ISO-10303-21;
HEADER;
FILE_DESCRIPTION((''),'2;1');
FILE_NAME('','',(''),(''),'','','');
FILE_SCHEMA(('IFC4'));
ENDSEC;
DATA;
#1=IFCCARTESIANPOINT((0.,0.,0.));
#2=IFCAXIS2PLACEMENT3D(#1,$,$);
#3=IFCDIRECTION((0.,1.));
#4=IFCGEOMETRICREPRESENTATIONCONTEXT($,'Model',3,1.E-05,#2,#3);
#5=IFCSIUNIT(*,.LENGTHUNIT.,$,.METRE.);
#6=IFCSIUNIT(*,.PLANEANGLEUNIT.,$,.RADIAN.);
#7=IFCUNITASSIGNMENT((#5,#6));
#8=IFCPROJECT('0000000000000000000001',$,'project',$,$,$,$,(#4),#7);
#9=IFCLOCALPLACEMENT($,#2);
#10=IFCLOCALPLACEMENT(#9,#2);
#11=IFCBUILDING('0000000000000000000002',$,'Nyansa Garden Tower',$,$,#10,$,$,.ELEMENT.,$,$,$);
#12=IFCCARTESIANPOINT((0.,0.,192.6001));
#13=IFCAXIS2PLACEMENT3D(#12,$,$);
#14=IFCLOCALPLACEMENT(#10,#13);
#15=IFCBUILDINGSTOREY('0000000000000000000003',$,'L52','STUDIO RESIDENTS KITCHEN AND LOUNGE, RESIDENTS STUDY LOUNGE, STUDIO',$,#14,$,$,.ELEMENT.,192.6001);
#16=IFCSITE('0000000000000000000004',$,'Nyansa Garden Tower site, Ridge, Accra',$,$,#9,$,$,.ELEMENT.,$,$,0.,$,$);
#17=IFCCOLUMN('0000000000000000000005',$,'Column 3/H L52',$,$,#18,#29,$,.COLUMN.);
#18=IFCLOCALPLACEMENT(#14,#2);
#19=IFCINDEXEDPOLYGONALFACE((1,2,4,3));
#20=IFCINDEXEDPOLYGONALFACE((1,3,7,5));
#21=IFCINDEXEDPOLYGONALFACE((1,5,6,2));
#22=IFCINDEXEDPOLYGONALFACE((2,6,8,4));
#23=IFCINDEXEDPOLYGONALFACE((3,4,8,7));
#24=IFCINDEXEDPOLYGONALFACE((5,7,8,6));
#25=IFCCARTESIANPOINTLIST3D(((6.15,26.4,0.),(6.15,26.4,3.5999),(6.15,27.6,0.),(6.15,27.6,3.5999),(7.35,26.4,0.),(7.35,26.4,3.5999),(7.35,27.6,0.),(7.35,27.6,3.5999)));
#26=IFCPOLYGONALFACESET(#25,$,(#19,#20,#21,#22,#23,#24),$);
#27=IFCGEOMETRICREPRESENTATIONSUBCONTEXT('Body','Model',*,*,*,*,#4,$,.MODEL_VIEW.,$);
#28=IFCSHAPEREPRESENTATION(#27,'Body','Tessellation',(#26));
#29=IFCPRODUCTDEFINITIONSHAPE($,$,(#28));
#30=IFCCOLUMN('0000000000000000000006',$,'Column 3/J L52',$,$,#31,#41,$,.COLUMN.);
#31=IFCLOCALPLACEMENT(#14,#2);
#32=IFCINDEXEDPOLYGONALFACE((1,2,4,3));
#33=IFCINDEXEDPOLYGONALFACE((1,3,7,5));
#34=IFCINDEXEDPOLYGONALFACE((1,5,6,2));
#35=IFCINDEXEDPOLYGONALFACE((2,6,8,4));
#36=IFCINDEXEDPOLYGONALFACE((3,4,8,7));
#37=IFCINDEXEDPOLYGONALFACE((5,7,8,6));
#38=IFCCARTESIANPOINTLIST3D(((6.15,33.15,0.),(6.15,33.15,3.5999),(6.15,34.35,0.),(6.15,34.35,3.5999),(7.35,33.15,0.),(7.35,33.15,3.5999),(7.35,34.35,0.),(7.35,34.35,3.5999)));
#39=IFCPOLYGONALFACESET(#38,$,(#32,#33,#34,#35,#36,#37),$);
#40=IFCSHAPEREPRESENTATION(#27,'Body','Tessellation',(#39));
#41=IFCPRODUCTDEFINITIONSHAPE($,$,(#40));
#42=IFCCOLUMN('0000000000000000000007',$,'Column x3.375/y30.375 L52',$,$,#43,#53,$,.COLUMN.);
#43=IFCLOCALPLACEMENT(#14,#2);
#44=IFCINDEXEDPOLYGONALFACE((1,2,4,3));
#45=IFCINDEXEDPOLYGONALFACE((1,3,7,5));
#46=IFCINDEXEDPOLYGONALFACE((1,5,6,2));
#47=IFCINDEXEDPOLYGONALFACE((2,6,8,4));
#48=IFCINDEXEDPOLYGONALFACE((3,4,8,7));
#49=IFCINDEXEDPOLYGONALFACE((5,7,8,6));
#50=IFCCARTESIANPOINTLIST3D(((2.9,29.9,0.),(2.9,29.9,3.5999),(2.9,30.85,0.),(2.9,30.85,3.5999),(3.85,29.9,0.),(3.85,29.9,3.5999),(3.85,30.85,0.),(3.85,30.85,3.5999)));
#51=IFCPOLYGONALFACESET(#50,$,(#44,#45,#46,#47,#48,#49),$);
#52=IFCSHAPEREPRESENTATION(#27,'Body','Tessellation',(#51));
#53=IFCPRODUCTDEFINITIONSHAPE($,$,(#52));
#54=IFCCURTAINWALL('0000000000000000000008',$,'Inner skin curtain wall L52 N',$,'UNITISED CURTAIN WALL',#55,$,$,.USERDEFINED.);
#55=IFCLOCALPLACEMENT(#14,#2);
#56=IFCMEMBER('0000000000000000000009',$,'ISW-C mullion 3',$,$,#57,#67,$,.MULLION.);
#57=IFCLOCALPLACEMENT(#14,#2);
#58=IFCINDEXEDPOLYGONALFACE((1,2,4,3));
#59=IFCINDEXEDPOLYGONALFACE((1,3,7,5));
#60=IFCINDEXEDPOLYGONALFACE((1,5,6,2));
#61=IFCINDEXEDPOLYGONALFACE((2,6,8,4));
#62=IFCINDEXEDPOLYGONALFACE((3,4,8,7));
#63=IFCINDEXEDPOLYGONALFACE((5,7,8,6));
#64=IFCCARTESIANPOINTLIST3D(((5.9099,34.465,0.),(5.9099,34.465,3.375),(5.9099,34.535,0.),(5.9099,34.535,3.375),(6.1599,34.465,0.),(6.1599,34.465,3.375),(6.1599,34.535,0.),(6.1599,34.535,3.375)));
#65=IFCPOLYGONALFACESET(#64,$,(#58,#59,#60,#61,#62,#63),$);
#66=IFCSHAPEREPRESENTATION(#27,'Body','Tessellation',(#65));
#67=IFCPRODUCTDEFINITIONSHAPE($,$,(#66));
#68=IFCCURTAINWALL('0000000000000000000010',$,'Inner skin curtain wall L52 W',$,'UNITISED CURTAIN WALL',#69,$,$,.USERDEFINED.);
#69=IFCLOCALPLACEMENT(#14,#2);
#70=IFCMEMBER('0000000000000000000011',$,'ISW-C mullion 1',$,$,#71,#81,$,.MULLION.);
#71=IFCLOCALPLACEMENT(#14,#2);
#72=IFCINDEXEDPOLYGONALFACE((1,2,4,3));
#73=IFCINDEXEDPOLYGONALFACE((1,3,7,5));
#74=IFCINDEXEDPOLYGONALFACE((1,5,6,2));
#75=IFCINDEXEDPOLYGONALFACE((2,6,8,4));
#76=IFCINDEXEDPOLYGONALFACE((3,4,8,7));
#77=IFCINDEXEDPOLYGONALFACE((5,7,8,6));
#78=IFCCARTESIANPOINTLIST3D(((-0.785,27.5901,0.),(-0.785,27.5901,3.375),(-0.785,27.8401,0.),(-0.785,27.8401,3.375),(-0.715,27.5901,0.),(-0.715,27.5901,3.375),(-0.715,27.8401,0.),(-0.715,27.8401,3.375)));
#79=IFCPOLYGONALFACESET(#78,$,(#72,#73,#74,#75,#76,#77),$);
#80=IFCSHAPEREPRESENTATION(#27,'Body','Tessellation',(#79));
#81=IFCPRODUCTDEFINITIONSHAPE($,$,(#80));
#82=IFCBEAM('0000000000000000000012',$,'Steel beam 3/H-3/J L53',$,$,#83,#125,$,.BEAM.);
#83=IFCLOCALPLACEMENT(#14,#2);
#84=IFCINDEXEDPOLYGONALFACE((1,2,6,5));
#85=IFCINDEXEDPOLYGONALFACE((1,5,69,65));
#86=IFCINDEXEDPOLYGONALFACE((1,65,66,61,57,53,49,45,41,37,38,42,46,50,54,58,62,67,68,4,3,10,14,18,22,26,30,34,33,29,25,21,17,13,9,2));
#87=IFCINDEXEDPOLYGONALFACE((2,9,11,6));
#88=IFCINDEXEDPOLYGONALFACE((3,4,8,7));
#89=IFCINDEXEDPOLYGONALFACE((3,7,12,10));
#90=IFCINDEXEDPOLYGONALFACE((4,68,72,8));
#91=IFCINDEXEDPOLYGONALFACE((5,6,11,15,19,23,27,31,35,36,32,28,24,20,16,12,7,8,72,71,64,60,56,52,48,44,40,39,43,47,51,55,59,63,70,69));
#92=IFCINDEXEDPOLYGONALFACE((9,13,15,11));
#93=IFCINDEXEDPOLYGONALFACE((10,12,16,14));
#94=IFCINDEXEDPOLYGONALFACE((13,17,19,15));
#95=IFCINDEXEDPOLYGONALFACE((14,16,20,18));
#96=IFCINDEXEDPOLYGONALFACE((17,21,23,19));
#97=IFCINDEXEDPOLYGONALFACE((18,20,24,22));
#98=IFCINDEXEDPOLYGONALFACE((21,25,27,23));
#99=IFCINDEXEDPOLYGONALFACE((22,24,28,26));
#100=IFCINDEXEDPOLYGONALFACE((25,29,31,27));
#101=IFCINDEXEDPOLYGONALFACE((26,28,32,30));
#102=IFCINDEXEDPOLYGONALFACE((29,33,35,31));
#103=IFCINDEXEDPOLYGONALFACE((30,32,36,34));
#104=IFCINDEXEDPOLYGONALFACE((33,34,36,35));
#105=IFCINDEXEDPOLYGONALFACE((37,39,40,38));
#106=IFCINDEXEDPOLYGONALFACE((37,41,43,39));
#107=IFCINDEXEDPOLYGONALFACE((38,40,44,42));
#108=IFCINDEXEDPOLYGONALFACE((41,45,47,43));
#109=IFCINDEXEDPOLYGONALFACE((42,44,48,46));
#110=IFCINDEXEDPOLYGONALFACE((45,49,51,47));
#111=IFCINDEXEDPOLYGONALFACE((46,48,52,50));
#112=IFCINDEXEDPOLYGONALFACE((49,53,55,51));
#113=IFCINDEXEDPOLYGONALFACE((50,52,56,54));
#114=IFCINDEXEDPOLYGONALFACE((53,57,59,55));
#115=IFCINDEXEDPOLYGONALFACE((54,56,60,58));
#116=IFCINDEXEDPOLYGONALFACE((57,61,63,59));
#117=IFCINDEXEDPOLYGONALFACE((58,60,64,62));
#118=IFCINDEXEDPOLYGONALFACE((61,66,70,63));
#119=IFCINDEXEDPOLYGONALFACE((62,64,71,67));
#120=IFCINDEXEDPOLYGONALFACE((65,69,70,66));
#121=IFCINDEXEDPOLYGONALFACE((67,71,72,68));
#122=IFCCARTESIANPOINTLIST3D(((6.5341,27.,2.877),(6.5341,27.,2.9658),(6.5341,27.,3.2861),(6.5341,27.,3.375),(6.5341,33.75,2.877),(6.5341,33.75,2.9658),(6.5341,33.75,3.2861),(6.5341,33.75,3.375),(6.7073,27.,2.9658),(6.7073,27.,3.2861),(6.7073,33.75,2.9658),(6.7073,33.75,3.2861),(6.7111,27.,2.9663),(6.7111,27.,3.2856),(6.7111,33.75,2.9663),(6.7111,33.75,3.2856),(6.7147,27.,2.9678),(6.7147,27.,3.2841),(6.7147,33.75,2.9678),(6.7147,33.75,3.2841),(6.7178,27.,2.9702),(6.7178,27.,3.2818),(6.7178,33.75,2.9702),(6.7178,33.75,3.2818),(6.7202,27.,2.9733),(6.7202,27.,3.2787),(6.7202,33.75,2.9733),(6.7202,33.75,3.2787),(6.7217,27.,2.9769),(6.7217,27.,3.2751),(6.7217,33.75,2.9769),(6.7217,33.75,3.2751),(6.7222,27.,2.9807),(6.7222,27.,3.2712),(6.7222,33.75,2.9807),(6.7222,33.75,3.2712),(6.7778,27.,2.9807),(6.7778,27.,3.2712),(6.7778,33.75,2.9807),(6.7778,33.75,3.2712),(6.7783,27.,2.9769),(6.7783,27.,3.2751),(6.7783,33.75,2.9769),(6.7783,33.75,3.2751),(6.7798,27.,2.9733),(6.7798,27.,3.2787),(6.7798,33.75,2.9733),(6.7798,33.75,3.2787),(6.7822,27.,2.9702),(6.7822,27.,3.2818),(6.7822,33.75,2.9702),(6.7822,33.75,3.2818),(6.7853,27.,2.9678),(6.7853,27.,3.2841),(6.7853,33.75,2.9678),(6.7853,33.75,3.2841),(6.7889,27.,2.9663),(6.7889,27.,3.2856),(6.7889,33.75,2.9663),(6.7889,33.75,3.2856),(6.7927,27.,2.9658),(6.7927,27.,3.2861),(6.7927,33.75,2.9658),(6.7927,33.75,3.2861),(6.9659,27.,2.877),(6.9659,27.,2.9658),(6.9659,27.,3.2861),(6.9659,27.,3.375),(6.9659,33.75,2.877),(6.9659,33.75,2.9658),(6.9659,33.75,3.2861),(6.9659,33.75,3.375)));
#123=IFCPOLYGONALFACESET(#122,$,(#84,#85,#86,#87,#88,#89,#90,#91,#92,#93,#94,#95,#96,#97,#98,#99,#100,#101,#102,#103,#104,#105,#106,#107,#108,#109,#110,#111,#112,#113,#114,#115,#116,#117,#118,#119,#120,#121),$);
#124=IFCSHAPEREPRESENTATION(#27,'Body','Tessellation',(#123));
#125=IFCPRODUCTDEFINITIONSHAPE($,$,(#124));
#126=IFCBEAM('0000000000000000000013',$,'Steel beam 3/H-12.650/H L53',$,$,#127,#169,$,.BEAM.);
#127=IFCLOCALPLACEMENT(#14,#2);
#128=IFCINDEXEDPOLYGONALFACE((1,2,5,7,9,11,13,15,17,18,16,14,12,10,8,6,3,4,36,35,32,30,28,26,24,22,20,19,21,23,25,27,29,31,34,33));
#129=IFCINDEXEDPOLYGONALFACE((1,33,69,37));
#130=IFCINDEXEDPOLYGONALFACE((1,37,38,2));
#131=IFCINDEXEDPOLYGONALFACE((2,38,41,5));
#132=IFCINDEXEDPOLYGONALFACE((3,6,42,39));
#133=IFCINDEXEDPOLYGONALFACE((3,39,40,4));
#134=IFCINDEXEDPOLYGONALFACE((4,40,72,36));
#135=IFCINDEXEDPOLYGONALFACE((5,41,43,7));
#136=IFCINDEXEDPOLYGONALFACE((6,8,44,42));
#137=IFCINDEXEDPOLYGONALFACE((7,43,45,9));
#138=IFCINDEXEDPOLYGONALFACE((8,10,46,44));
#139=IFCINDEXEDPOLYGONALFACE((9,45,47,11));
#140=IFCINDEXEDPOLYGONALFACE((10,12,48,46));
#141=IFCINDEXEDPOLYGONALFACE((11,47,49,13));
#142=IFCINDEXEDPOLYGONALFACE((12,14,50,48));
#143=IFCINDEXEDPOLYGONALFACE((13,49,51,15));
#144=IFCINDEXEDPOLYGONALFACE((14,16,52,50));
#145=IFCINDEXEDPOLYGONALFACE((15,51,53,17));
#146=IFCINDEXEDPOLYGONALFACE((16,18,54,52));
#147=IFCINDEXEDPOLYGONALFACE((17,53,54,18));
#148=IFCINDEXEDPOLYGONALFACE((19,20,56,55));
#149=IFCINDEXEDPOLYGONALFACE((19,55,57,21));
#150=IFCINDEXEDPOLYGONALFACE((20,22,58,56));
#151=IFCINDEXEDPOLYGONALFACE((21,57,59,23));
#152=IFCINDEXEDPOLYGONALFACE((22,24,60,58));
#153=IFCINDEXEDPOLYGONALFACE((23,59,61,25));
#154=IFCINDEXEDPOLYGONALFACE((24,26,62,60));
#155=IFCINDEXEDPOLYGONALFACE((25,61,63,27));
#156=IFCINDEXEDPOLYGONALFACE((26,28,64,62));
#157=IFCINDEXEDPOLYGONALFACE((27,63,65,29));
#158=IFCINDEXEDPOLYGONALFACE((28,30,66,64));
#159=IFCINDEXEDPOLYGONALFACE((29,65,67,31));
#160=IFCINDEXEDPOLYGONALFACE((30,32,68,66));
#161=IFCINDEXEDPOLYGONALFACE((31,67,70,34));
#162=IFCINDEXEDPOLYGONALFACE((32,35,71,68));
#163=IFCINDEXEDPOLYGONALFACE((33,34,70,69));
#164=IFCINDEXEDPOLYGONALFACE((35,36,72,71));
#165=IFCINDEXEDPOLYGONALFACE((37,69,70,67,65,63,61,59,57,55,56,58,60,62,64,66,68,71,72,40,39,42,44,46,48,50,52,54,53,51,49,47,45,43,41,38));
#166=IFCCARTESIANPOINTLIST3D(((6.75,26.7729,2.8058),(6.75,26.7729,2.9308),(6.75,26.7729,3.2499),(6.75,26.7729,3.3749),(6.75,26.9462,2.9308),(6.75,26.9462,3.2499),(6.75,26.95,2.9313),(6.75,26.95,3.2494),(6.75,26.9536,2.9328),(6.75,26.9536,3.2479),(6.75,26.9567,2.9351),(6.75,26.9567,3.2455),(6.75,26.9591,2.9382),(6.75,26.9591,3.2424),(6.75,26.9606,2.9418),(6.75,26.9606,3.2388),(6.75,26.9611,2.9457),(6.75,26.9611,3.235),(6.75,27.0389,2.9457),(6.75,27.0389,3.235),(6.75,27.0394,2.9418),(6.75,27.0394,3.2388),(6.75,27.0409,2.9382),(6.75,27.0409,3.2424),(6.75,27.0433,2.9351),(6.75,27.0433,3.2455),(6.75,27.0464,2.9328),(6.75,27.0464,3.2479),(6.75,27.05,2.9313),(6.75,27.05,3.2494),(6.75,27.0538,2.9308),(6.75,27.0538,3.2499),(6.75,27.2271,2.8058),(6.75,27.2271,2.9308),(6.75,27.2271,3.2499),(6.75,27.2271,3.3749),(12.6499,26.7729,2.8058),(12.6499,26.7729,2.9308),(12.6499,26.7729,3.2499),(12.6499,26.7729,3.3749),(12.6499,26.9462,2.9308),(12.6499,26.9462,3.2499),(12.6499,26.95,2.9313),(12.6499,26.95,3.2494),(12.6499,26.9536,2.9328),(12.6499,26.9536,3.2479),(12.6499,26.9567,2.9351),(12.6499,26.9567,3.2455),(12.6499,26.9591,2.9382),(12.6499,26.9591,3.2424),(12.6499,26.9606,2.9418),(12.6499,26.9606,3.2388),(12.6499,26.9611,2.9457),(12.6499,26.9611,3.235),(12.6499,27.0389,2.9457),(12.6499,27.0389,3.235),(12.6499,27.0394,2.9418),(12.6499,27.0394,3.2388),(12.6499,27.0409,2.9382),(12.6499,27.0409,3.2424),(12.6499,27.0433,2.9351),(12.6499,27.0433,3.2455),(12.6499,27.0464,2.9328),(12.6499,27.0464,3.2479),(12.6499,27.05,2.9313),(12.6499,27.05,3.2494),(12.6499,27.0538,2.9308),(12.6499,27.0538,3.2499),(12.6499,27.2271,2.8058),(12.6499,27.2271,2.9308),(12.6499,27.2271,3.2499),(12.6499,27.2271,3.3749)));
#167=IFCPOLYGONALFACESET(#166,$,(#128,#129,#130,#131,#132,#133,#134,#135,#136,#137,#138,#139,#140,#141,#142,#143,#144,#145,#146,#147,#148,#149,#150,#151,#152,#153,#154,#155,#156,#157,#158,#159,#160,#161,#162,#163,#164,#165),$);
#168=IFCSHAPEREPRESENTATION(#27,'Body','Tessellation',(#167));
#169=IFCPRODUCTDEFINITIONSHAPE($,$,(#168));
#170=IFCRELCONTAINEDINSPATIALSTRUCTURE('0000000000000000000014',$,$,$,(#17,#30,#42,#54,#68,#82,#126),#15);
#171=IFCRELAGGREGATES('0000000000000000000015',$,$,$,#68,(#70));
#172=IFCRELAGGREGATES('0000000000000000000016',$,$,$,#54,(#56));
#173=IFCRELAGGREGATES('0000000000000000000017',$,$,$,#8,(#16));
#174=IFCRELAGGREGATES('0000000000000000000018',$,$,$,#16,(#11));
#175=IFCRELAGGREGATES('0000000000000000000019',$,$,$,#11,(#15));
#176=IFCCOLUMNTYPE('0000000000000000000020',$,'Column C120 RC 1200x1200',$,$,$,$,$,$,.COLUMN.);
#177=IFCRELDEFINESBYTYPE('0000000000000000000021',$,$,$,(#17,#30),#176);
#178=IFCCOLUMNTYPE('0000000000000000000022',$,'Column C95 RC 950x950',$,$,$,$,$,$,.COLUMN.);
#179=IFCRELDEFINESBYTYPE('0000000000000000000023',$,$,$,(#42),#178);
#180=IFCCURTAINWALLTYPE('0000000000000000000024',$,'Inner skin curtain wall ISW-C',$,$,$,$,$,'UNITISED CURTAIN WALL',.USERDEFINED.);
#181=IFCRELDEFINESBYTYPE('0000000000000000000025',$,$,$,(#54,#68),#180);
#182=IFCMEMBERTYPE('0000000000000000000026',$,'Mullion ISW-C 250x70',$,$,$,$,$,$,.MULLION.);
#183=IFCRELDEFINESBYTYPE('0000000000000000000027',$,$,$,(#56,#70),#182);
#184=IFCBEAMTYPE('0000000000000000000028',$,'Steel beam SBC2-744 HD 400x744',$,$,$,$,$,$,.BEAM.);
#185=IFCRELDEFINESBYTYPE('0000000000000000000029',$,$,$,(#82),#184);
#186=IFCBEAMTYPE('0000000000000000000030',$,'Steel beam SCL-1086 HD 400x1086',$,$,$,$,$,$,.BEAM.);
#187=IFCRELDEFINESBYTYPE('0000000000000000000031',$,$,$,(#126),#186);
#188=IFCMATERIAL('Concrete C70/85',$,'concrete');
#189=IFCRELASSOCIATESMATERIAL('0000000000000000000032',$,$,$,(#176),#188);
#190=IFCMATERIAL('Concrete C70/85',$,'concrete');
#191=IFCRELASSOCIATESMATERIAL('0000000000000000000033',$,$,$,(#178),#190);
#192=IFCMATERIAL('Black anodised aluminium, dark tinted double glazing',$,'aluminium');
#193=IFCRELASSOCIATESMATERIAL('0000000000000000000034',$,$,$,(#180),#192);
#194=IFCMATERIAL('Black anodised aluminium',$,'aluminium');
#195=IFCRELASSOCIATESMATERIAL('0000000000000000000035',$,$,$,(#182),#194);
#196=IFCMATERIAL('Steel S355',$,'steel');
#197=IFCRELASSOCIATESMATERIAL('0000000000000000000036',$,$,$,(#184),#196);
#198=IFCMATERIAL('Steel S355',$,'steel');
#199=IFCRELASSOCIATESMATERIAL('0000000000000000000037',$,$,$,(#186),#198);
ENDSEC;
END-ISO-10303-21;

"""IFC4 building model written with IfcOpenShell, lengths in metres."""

from ifc_helpers import new_model, si_unit, direction, frame, origin, origin_2d, place, context, subcontext, project, spatial, rectangle, i_section, extrude, material, material_profile, profile_set, type_object, element, aggregate, save


model = new_model("IFC4")

# Units and contexts
model_context = context("Model", 3, precision=1e-05, world=origin(), true_north=direction((0.0, 1.0)))
body_context = subcontext(model_context, "Body", "Model", "MODEL_VIEW")
ifc_project = project(units=[si_unit("LENGTHUNIT", "METRE"), si_unit("PLANEANGLEUNIT", "RADIAN")], contexts=[model_context])

# Site, building, storey
site_placement = place(None, origin())
site = spatial("IfcSite", under=ifc_project, at=site_placement, Name="Nyansa Garden Tower site, Ridge, Accra", CompositionType="ELEMENT", RefElevation=0.0)
building_placement = place(site_placement, origin())
building = spatial("IfcBuilding", under=site, at=building_placement, Name="Nyansa Garden Tower", CompositionType="ELEMENT")
storey_placement = place(building_placement, frame((0.0, 0.0, 192.6001)))
storey = spatial("IfcBuildingStorey", under=building, at=storey_placement, Name="L52", Description="STUDIO RESIDENTS KITCHEN AND LOUNGE, RESIDENTS STUDY LOUNGE, STUDIO", CompositionType="ELEMENT", Elevation=192.6001)

# Columns
ifc_material_1 = material(Name="Concrete C70/85", Category="concrete")
ifc_material_profile_1 = material_profile(ifc_material_1, rectangle(XDim=1.2, YDim=1.2, at=origin_2d()), Name="RC 1200x1200")
ifc_profile_set_1 = profile_set([ifc_material_profile_1], Name="Concrete C70/85")
column_type_1 = type_object("IfcColumnType", Name="Column C120 RC 1200x1200", PredefinedType="COLUMN", material=ifc_profile_set_1)
for number, where, z_axis, x_axis, name in (
    (1, (6.75, 27.0, 0.0), (0.0, 0.0, 1.0), (1.0, 0.0, 0.0), "Column 3/H L52"),
    (2, (6.75, 33.75, 0.0), (0.0, 0.0, 1.0), (1.0, 0.0, 0.0), "Column 3/J L52"),
):
    element("IfcColumn", number, at=place(storey_placement, frame(where, z_axis=z_axis, x_axis=x_axis)), inside=storey, type_object=column_type_1, Name=name, PredefinedType="COLUMN", context=body_context, shape_type="SweptSolid", body=[
        extrude(rectangle(XDim=1.2, YDim=1.2, at=origin_2d()), origin(), (0.0, 0.0, 1.0), 3.5999),
    ])
ifc_material_2 = material(Name="Concrete C70/85", Category="concrete")
ifc_material_profile_2 = material_profile(ifc_material_2, rectangle(XDim=0.95, YDim=0.95, at=origin_2d()), Name="RC 950x950")
ifc_profile_set_2 = profile_set([ifc_material_profile_2], Name="Concrete C70/85")
column_type_2 = type_object("IfcColumnType", Name="Column C95 RC 950x950", PredefinedType="COLUMN", material=ifc_profile_set_2)
column_placement = place(storey_placement, frame((3.375, 30.375, 0.0), z_axis=(0.0, 0.0, 1.0), x_axis=(1.0, 0.0, 0.0)))
element("IfcColumn", 3, at=column_placement, inside=storey, type_object=column_type_2, Name="Column x3.375/y30.375 L52", PredefinedType="COLUMN", context=body_context, shape_type="SweptSolid", body=[
    extrude(rectangle(XDim=0.95, YDim=0.95, at=origin_2d()), origin(), (0.0, 0.0, 1.0), 3.5999),
])

# Curtain walls, members
ifc_material_3 = material(Name="Black anodised aluminium, dark tinted double glazing", Category="aluminium")
curtain_wall_type = type_object("IfcCurtainWallType", Name="Inner skin curtain wall ISW-C", ElementType="UNITISED CURTAIN WALL", PredefinedType="USERDEFINED", material=ifc_material_3)
curtain_wall_1_placement = place(storey_placement, origin())
curtain_wall_1 = element("IfcCurtainWall", 4, at=curtain_wall_1_placement, inside=storey, type_object=curtain_wall_type, Name="Inner skin curtain wall L52 N", ObjectType="UNITISED CURTAIN WALL", PredefinedType="USERDEFINED")
ifc_material_4 = material(Name="Black anodised aluminium", Category="aluminium")
ifc_material_profile_3 = material_profile(ifc_material_4, rectangle(XDim=0.0701, YDim=0.25, at=origin_2d()), Name="Mullion 250x70")
ifc_profile_set_3 = profile_set([ifc_material_profile_3], Name="Black anodised aluminium")
member_type_1 = type_object("IfcMemberType", Name="Mullion ISW-C 250x70", PredefinedType="MULLION", material=ifc_profile_set_3)
member_1_placement = place(storey_placement, frame((6.0349, 34.5, 0.0), z_axis=(0.0, 0.0, 1.0), x_axis=(0.0, -1.0, 0.0)))
member_1 = element("IfcMember", 5, at=member_1_placement, type_object=member_type_1, Name="ISW-C mullion 3", PredefinedType="MULLION", context=body_context, shape_type="SweptSolid", body=[
    extrude(rectangle(XDim=0.0701, YDim=0.25, at=origin_2d()), origin(), (0.0, 0.0, 1.0), 3.375),
])
curtain_wall_2_placement = place(storey_placement, origin())
curtain_wall_2 = element("IfcCurtainWall", 6, at=curtain_wall_2_placement, inside=storey, type_object=curtain_wall_type, Name="Inner skin curtain wall L52 W", ObjectType="UNITISED CURTAIN WALL", PredefinedType="USERDEFINED")
member_2_placement = place(storey_placement, frame((-0.75, 27.7151, 0.0), z_axis=(0.0, 0.0, 1.0), x_axis=(1.0, 0.0, 0.0)))
member_2 = element("IfcMember", 7, at=member_2_placement, type_object=member_type_1, Name="ISW-C mullion 1", PredefinedType="MULLION", context=body_context, shape_type="SweptSolid", body=[
    extrude(rectangle(XDim=0.0701, YDim=0.25, at=origin_2d()), origin(), (0.0, 0.0, 1.0), 3.375),
])

# Beams
ifc_material_5 = material(Name="Steel S355", Category="steel")
ifc_material_profile_4 = material_profile(ifc_material_5, i_section(OverallWidth=0.4319, OverallDepth=0.498, WebThickness=0.0557, FlangeThickness=0.0889, FilletRadius=0.0149, at=origin_2d()), Name="HD 400x744")
ifc_profile_set_4 = profile_set([ifc_material_profile_4], Name="Steel S355")
beam_type_1 = type_object("IfcBeamType", Name="Steel beam SBC2-744 HD 400x744", PredefinedType="BEAM", material=ifc_profile_set_4)
beam_1_placement = place(storey_placement, frame((6.75, 27.0, 3.126), z_axis=(0.0, 1.0, 0.0), x_axis=(-1.0, 0.0, 0.0)))
element("IfcBeam", 8, at=beam_1_placement, inside=storey, type_object=beam_type_1, Name="Steel beam 3/H-3/J L53", PredefinedType="BEAM", context=body_context, shape_type="SweptSolid", body=[
    extrude(i_section(OverallWidth=0.4319, OverallDepth=0.498, WebThickness=0.0557, FlangeThickness=0.0889, FilletRadius=0.0149, at=origin_2d()), origin(), (0.0, 0.0, 1.0), 6.75),
])
ifc_material_6 = material(Name="Steel S355", Category="steel")
ifc_material_profile_5 = material_profile(ifc_material_6, i_section(OverallWidth=0.4541, OverallDepth=0.5691, WebThickness=0.0779, FlangeThickness=0.125, FilletRadius=0.0149, at=origin_2d()), Name="HD 400x1086")
ifc_profile_set_5 = profile_set([ifc_material_profile_5], Name="Steel S355")
beam_type_2 = type_object("IfcBeamType", Name="Steel beam SCL-1086 HD 400x1086", PredefinedType="BEAM", material=ifc_profile_set_5)
beam_2_placement = place(storey_placement, frame((6.75, 27.0, 3.0903), z_axis=(1.0, 0.0, 0.0), x_axis=(0.0, 1.0, 0.0)))
element("IfcBeam", 9, at=beam_2_placement, inside=storey, type_object=beam_type_2, Name="Steel beam 3/H-12.650/H L53", PredefinedType="BEAM", context=body_context, shape_type="SweptSolid", body=[
    extrude(i_section(OverallWidth=0.4541, OverallDepth=0.5691, WebThickness=0.0779, FlangeThickness=0.125, FilletRadius=0.0149, at=origin_2d()), origin(), (0.0, 0.0, 1.0), 5.8999),
])

aggregate(curtain_wall_2, [member_2])

aggregate(curtain_wall_1, [member_1])

save(model, "model.ifc")
